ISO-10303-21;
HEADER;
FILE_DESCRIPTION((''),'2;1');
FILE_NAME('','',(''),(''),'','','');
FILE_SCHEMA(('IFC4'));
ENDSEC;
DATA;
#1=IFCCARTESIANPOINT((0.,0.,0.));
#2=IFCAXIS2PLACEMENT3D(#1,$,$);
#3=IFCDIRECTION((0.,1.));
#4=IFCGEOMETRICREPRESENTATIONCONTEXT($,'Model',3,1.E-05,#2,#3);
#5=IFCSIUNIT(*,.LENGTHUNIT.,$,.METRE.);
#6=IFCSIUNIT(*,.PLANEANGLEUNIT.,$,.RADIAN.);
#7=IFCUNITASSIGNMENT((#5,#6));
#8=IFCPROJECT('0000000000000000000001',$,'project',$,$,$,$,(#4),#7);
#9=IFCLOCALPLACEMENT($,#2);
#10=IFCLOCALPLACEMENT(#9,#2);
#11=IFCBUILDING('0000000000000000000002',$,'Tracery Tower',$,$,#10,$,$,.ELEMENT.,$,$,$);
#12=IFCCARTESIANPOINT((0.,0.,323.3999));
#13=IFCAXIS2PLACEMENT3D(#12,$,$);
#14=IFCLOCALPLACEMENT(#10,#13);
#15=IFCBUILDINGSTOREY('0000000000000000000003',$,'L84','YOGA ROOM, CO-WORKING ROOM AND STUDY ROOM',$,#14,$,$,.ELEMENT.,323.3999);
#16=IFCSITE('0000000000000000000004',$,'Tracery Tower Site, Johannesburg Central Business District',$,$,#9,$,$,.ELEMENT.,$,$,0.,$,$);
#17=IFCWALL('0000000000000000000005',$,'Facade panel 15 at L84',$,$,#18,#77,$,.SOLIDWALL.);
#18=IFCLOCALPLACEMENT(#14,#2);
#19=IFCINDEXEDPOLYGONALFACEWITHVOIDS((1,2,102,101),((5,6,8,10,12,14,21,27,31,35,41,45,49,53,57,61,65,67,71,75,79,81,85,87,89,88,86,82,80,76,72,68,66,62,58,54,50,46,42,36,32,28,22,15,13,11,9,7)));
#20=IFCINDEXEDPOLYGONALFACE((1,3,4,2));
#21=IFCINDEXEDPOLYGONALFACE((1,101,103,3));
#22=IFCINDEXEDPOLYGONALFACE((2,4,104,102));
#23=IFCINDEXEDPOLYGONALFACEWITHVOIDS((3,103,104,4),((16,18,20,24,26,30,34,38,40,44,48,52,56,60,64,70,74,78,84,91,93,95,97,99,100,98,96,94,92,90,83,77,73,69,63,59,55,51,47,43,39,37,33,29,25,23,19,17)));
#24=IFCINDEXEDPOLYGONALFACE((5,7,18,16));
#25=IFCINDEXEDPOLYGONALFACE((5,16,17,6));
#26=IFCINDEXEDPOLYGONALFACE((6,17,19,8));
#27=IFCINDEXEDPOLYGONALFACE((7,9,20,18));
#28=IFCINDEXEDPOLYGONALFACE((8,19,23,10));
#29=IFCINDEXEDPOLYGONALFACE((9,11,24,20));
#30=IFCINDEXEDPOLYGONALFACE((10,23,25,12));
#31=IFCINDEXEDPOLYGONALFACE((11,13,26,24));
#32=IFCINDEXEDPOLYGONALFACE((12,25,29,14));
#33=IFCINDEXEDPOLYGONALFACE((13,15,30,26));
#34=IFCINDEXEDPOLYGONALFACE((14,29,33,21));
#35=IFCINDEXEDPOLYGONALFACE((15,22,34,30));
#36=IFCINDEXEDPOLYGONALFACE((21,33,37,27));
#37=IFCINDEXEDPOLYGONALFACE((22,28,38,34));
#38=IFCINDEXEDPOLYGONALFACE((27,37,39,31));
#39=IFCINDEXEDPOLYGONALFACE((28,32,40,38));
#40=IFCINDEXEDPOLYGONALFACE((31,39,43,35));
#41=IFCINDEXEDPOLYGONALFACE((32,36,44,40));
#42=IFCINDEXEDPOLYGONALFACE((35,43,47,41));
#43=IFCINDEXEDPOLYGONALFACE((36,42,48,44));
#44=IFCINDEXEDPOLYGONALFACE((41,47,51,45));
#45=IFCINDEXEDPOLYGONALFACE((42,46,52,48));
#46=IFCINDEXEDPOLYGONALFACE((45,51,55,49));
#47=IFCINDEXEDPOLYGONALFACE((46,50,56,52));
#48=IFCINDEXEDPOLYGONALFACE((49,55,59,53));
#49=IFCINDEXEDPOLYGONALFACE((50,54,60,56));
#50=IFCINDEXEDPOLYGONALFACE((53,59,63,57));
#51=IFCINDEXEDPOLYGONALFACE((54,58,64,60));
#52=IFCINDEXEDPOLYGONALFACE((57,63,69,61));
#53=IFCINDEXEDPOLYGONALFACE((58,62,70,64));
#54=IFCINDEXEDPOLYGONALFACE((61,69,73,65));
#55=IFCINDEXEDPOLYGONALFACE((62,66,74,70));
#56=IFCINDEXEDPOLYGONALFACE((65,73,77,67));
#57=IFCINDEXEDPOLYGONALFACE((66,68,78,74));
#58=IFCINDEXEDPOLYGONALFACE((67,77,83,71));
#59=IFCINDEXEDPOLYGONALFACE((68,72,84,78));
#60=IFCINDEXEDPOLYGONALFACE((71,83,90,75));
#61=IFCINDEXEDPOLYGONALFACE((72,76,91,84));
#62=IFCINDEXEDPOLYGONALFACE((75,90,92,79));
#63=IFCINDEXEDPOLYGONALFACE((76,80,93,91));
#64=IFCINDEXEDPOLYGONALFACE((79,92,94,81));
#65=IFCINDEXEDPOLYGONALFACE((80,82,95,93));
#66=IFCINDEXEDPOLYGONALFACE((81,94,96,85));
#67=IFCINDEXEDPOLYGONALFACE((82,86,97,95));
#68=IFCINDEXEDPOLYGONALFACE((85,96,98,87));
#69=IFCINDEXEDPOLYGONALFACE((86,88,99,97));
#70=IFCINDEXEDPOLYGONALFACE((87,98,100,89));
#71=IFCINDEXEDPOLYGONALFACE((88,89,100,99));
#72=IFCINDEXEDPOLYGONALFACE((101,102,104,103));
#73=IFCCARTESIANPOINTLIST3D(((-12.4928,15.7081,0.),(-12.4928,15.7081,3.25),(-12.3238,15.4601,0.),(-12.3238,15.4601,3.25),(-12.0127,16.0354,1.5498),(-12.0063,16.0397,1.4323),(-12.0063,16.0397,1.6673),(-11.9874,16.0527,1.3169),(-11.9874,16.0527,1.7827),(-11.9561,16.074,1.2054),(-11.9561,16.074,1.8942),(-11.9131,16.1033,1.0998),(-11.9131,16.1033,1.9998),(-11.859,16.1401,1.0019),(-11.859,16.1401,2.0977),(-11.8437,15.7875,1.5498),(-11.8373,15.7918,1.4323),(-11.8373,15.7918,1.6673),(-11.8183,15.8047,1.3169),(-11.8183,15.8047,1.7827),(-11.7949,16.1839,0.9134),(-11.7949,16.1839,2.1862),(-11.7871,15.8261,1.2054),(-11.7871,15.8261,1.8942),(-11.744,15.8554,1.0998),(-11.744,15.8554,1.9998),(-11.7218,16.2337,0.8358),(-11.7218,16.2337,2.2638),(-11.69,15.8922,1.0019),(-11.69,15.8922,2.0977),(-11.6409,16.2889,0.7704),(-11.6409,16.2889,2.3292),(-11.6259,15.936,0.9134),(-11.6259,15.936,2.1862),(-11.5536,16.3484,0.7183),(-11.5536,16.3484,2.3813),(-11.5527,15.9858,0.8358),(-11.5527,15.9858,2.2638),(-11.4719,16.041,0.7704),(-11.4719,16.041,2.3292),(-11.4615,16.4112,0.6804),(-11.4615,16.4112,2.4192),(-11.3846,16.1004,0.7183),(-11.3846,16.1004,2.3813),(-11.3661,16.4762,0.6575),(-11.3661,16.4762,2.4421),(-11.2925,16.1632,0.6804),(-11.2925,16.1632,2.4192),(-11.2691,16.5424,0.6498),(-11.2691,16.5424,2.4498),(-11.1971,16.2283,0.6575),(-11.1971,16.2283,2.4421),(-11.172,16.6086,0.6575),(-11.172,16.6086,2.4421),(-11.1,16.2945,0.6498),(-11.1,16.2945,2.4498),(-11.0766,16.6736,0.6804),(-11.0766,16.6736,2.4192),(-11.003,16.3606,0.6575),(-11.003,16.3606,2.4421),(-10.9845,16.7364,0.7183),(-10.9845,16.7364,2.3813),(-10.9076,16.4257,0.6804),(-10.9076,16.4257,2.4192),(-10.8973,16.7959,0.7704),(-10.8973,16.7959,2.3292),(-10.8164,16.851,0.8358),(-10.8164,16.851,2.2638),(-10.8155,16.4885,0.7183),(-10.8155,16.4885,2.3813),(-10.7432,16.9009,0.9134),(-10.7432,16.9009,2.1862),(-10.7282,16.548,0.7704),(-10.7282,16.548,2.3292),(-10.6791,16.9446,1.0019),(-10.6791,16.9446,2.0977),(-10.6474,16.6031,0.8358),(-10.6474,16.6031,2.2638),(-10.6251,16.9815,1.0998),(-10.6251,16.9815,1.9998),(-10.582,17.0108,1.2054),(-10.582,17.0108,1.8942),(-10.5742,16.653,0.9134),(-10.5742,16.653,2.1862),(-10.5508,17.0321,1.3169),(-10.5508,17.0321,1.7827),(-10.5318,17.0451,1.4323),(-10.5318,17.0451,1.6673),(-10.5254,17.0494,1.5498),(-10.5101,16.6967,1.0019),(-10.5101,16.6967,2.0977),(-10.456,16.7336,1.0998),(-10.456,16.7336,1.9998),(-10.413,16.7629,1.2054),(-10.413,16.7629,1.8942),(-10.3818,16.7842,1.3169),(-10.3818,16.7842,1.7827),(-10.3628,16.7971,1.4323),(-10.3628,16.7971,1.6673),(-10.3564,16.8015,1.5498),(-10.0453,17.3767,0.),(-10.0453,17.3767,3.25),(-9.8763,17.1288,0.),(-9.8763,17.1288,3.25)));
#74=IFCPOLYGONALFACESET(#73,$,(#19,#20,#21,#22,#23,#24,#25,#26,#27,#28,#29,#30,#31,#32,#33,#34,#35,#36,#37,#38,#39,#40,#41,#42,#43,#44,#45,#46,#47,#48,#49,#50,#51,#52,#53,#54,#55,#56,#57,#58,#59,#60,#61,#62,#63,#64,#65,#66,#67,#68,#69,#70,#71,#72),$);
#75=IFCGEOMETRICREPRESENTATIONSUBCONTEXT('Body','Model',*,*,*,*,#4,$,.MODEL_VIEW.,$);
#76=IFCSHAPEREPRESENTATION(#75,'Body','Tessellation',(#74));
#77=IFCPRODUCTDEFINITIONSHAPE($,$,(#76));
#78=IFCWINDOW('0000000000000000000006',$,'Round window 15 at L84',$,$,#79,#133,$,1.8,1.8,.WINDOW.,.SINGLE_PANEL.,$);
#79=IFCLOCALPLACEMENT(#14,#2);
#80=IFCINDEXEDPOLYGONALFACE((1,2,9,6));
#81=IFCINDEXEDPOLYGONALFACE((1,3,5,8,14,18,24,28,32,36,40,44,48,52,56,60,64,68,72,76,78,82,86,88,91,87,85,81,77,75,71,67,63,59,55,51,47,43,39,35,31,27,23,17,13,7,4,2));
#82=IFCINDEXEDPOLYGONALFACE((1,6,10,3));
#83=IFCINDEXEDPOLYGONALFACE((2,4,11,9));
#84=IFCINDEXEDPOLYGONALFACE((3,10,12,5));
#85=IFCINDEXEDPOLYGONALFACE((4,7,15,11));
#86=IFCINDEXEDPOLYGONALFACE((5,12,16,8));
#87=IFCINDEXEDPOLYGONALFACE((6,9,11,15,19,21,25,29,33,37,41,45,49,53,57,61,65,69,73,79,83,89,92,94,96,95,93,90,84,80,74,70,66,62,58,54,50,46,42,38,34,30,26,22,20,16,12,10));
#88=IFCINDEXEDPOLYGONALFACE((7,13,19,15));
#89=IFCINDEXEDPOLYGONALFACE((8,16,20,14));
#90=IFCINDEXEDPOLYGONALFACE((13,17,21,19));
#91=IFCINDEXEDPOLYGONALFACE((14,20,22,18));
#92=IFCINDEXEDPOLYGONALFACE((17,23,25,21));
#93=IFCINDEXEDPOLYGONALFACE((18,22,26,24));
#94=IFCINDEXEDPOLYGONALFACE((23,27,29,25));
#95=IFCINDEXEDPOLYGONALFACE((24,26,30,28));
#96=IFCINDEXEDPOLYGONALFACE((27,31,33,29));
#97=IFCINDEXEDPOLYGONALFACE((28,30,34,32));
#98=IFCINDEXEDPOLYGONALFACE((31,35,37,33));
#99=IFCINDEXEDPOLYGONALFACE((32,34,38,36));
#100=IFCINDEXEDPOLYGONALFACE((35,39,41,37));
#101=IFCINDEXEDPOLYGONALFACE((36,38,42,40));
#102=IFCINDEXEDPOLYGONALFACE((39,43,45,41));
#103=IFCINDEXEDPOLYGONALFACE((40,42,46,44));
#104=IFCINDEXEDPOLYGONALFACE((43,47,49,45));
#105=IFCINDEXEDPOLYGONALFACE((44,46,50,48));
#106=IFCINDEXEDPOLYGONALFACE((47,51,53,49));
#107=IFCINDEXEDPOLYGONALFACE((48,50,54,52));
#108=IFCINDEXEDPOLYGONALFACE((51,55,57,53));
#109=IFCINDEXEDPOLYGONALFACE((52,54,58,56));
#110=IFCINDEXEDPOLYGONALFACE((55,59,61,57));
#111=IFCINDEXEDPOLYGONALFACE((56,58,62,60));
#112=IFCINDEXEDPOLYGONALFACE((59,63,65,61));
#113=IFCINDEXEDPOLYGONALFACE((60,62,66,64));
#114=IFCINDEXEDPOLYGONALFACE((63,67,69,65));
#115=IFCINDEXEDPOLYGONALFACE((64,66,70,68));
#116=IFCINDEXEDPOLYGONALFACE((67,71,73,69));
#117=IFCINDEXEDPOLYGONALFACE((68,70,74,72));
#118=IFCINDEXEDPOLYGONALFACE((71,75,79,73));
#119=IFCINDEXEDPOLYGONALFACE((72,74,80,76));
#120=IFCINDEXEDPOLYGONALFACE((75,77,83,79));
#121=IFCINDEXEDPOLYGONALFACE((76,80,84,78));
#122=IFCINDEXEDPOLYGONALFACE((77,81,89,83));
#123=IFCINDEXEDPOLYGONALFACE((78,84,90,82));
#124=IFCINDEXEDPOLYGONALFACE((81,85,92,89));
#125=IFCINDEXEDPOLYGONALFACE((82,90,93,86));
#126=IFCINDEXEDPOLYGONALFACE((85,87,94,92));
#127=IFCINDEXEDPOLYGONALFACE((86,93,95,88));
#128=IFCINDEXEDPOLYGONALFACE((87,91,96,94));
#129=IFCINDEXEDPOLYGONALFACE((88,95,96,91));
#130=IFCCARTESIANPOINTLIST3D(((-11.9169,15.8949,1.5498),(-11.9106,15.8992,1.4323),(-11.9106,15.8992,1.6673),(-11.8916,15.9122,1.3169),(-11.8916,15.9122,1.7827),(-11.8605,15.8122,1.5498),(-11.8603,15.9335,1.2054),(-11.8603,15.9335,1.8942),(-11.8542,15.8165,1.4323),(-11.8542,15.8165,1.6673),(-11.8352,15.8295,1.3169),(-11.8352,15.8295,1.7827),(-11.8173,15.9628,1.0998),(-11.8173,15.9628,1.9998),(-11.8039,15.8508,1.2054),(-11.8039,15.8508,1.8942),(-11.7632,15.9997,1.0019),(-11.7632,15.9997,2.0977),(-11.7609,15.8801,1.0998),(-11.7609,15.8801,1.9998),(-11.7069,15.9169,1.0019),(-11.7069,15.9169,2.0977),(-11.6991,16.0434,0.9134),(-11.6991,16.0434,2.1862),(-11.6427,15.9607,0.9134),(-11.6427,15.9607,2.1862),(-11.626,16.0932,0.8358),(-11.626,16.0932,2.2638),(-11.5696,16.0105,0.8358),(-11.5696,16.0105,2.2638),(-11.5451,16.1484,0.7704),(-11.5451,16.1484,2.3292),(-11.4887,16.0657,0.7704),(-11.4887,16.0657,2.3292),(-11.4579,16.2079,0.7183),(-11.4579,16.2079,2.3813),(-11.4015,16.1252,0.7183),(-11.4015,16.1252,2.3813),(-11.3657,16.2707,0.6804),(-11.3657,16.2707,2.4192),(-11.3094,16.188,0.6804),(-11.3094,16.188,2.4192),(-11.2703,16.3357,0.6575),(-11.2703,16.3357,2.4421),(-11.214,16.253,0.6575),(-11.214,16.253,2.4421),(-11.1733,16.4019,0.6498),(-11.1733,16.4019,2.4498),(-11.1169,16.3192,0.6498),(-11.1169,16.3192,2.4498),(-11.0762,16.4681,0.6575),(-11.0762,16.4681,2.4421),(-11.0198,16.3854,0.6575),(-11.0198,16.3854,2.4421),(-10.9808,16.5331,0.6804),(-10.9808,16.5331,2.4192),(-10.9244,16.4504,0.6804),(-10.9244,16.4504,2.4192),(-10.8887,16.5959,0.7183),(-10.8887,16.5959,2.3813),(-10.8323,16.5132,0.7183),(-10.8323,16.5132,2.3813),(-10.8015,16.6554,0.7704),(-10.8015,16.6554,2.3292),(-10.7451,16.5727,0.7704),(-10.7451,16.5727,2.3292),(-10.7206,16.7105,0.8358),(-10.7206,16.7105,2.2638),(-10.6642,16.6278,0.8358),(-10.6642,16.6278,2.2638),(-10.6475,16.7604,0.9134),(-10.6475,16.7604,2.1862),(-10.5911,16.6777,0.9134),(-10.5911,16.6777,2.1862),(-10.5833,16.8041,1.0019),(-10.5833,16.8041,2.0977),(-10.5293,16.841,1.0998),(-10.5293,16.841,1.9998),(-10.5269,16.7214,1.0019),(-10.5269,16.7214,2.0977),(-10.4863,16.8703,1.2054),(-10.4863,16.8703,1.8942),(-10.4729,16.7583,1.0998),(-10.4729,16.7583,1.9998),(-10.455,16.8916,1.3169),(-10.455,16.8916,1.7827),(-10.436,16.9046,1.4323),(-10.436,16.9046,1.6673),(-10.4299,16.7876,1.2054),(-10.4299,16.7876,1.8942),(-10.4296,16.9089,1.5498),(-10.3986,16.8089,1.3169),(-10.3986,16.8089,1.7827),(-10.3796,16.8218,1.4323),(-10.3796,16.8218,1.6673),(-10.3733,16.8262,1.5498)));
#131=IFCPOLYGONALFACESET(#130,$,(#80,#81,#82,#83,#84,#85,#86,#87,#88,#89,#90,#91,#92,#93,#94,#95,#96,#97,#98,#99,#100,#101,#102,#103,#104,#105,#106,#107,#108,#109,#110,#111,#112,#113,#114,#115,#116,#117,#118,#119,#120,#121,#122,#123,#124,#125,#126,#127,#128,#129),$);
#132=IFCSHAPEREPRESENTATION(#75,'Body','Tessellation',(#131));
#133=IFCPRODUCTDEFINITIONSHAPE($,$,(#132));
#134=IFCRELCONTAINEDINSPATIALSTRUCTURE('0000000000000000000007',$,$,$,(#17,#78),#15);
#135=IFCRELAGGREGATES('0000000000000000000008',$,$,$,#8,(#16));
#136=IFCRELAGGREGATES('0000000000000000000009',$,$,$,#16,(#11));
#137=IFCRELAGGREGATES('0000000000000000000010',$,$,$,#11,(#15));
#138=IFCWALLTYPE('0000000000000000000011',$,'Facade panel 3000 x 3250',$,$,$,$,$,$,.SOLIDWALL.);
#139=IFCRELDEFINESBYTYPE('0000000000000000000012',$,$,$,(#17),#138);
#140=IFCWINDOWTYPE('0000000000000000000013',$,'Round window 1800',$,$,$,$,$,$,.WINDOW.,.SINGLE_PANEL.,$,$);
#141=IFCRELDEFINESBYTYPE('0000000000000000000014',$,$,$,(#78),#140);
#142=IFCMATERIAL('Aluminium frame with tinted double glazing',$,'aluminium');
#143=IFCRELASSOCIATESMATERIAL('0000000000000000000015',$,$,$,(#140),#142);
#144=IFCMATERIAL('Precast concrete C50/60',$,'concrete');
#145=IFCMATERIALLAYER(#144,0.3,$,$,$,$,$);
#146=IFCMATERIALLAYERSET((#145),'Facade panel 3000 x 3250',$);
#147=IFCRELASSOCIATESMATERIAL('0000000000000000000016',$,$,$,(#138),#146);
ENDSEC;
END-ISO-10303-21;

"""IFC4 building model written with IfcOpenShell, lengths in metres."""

from ifc_helpers import new_model, si_unit, direction, frame, frame_2d, origin, origin_2d, place, context, subcontext, project, spatial, rectangle, circle, extrude, material, layer, layer_set, type_object, element, fill, save


model = new_model("IFC4")

# Units and contexts
model_context = context("Model", 3, precision=1e-05, world=origin(), true_north=direction((0.0, 1.0)))
body_context = subcontext(model_context, "Body", "Model", "MODEL_VIEW")
ifc_project = project(units=[si_unit("LENGTHUNIT", "METRE"), si_unit("PLANEANGLEUNIT", "RADIAN")], contexts=[model_context])

# Site, building, storey
site_placement = place(None, origin())
site = spatial("IfcSite", under=ifc_project, at=site_placement, Name="Tracery Tower Site, Johannesburg Central Business District", CompositionType="ELEMENT", RefElevation=0.0)
building_placement = place(site_placement, origin())
building = spatial("IfcBuilding", under=site, at=building_placement, Name="Tracery Tower", CompositionType="ELEMENT")
storey_placement = place(building_placement, frame((0.0, 0.0, 323.3999)))
storey = spatial("IfcBuildingStorey", under=building, at=storey_placement, Name="L84", Description="YOGA ROOM, CO-WORKING ROOM AND STUDY ROOM", CompositionType="ELEMENT", Elevation=323.3999)

# Wall, opening, window
ifc_material_1 = material(Name="Aluminium frame with tinted double glazing", Category="aluminium")
window_type = type_object("IfcWindowType", Name="Round window 1800", PartitioningType="SINGLE_PANEL", PredefinedType="WINDOW", material=ifc_material_1)
ifc_material_2 = material(Name="Precast concrete C50/60", Category="concrete")
ifc_layer_1 = layer(ifc_material_2, 0.3)
ifc_layer_set_1 = layer_set([ifc_layer_1], Name="Facade panel 3000 x 3250")
wall_type_1 = type_object("IfcWallType", Name="Facade panel 3000 x 3250", PredefinedType="SOLIDWALL", material=ifc_layer_set_1)
wall_1_placement = place(storey_placement, frame((-9.9609, 17.2527, 0.0), z_axis=(0.0, 0.0, 1.0), x_axis=(-0.826236, -0.563324, 0.0)))
wall_1 = element("IfcWall", 1, at=wall_1_placement, inside=storey, type_object=wall_type_1, Name="Facade panel 15 at L84", PredefinedType="SOLIDWALL", context=body_context, shape_type="SweptSolid", body=[
    extrude(rectangle(XDim=2.9622, YDim=0.3, at=frame_2d((1.481, 0.0))), origin(), (0.0, 0.0, 1.0), 3.25),
])
opening_1_placement = place(wall_1_placement, frame((1.481, 0.0, 1.5498)))
opening_1 = element("IfcOpeningElement", 2, at=opening_1_placement, cuts=wall_1, PredefinedType="OPENING", context=body_context, shape_type="SweptSolid", body=[
    extrude(circle(Radius=0.9, at=origin_2d()), frame((0.0, 0.1599, 0.0), z_axis=(0.0, -1.0, 0.0), x_axis=(1.0, 0.0, 0.0)), (0.0, 0.0, 1.0), 0.3201),
])
window_1_placement = place(opening_1_placement, origin())
window_1 = element("IfcWindow", 3, at=window_1_placement, inside=storey, type_object=window_type, Name="Round window 15 at L84", OverallHeight=1.8, OverallWidth=1.8, PartitioningType="SINGLE_PANEL", PredefinedType="WINDOW", context=body_context, shape_type="SweptSolid", body=[
    extrude(circle(Radius=0.9, at=origin_2d()), frame((0.0, 0.1201, 0.0), z_axis=(0.0, -1.0, 0.0), x_axis=(1.0, 0.0, 0.0)), (0.0, 0.0, 1.0), 0.1001),
])
fill(opening_1, window_1)

save(model, "model.ifc")
